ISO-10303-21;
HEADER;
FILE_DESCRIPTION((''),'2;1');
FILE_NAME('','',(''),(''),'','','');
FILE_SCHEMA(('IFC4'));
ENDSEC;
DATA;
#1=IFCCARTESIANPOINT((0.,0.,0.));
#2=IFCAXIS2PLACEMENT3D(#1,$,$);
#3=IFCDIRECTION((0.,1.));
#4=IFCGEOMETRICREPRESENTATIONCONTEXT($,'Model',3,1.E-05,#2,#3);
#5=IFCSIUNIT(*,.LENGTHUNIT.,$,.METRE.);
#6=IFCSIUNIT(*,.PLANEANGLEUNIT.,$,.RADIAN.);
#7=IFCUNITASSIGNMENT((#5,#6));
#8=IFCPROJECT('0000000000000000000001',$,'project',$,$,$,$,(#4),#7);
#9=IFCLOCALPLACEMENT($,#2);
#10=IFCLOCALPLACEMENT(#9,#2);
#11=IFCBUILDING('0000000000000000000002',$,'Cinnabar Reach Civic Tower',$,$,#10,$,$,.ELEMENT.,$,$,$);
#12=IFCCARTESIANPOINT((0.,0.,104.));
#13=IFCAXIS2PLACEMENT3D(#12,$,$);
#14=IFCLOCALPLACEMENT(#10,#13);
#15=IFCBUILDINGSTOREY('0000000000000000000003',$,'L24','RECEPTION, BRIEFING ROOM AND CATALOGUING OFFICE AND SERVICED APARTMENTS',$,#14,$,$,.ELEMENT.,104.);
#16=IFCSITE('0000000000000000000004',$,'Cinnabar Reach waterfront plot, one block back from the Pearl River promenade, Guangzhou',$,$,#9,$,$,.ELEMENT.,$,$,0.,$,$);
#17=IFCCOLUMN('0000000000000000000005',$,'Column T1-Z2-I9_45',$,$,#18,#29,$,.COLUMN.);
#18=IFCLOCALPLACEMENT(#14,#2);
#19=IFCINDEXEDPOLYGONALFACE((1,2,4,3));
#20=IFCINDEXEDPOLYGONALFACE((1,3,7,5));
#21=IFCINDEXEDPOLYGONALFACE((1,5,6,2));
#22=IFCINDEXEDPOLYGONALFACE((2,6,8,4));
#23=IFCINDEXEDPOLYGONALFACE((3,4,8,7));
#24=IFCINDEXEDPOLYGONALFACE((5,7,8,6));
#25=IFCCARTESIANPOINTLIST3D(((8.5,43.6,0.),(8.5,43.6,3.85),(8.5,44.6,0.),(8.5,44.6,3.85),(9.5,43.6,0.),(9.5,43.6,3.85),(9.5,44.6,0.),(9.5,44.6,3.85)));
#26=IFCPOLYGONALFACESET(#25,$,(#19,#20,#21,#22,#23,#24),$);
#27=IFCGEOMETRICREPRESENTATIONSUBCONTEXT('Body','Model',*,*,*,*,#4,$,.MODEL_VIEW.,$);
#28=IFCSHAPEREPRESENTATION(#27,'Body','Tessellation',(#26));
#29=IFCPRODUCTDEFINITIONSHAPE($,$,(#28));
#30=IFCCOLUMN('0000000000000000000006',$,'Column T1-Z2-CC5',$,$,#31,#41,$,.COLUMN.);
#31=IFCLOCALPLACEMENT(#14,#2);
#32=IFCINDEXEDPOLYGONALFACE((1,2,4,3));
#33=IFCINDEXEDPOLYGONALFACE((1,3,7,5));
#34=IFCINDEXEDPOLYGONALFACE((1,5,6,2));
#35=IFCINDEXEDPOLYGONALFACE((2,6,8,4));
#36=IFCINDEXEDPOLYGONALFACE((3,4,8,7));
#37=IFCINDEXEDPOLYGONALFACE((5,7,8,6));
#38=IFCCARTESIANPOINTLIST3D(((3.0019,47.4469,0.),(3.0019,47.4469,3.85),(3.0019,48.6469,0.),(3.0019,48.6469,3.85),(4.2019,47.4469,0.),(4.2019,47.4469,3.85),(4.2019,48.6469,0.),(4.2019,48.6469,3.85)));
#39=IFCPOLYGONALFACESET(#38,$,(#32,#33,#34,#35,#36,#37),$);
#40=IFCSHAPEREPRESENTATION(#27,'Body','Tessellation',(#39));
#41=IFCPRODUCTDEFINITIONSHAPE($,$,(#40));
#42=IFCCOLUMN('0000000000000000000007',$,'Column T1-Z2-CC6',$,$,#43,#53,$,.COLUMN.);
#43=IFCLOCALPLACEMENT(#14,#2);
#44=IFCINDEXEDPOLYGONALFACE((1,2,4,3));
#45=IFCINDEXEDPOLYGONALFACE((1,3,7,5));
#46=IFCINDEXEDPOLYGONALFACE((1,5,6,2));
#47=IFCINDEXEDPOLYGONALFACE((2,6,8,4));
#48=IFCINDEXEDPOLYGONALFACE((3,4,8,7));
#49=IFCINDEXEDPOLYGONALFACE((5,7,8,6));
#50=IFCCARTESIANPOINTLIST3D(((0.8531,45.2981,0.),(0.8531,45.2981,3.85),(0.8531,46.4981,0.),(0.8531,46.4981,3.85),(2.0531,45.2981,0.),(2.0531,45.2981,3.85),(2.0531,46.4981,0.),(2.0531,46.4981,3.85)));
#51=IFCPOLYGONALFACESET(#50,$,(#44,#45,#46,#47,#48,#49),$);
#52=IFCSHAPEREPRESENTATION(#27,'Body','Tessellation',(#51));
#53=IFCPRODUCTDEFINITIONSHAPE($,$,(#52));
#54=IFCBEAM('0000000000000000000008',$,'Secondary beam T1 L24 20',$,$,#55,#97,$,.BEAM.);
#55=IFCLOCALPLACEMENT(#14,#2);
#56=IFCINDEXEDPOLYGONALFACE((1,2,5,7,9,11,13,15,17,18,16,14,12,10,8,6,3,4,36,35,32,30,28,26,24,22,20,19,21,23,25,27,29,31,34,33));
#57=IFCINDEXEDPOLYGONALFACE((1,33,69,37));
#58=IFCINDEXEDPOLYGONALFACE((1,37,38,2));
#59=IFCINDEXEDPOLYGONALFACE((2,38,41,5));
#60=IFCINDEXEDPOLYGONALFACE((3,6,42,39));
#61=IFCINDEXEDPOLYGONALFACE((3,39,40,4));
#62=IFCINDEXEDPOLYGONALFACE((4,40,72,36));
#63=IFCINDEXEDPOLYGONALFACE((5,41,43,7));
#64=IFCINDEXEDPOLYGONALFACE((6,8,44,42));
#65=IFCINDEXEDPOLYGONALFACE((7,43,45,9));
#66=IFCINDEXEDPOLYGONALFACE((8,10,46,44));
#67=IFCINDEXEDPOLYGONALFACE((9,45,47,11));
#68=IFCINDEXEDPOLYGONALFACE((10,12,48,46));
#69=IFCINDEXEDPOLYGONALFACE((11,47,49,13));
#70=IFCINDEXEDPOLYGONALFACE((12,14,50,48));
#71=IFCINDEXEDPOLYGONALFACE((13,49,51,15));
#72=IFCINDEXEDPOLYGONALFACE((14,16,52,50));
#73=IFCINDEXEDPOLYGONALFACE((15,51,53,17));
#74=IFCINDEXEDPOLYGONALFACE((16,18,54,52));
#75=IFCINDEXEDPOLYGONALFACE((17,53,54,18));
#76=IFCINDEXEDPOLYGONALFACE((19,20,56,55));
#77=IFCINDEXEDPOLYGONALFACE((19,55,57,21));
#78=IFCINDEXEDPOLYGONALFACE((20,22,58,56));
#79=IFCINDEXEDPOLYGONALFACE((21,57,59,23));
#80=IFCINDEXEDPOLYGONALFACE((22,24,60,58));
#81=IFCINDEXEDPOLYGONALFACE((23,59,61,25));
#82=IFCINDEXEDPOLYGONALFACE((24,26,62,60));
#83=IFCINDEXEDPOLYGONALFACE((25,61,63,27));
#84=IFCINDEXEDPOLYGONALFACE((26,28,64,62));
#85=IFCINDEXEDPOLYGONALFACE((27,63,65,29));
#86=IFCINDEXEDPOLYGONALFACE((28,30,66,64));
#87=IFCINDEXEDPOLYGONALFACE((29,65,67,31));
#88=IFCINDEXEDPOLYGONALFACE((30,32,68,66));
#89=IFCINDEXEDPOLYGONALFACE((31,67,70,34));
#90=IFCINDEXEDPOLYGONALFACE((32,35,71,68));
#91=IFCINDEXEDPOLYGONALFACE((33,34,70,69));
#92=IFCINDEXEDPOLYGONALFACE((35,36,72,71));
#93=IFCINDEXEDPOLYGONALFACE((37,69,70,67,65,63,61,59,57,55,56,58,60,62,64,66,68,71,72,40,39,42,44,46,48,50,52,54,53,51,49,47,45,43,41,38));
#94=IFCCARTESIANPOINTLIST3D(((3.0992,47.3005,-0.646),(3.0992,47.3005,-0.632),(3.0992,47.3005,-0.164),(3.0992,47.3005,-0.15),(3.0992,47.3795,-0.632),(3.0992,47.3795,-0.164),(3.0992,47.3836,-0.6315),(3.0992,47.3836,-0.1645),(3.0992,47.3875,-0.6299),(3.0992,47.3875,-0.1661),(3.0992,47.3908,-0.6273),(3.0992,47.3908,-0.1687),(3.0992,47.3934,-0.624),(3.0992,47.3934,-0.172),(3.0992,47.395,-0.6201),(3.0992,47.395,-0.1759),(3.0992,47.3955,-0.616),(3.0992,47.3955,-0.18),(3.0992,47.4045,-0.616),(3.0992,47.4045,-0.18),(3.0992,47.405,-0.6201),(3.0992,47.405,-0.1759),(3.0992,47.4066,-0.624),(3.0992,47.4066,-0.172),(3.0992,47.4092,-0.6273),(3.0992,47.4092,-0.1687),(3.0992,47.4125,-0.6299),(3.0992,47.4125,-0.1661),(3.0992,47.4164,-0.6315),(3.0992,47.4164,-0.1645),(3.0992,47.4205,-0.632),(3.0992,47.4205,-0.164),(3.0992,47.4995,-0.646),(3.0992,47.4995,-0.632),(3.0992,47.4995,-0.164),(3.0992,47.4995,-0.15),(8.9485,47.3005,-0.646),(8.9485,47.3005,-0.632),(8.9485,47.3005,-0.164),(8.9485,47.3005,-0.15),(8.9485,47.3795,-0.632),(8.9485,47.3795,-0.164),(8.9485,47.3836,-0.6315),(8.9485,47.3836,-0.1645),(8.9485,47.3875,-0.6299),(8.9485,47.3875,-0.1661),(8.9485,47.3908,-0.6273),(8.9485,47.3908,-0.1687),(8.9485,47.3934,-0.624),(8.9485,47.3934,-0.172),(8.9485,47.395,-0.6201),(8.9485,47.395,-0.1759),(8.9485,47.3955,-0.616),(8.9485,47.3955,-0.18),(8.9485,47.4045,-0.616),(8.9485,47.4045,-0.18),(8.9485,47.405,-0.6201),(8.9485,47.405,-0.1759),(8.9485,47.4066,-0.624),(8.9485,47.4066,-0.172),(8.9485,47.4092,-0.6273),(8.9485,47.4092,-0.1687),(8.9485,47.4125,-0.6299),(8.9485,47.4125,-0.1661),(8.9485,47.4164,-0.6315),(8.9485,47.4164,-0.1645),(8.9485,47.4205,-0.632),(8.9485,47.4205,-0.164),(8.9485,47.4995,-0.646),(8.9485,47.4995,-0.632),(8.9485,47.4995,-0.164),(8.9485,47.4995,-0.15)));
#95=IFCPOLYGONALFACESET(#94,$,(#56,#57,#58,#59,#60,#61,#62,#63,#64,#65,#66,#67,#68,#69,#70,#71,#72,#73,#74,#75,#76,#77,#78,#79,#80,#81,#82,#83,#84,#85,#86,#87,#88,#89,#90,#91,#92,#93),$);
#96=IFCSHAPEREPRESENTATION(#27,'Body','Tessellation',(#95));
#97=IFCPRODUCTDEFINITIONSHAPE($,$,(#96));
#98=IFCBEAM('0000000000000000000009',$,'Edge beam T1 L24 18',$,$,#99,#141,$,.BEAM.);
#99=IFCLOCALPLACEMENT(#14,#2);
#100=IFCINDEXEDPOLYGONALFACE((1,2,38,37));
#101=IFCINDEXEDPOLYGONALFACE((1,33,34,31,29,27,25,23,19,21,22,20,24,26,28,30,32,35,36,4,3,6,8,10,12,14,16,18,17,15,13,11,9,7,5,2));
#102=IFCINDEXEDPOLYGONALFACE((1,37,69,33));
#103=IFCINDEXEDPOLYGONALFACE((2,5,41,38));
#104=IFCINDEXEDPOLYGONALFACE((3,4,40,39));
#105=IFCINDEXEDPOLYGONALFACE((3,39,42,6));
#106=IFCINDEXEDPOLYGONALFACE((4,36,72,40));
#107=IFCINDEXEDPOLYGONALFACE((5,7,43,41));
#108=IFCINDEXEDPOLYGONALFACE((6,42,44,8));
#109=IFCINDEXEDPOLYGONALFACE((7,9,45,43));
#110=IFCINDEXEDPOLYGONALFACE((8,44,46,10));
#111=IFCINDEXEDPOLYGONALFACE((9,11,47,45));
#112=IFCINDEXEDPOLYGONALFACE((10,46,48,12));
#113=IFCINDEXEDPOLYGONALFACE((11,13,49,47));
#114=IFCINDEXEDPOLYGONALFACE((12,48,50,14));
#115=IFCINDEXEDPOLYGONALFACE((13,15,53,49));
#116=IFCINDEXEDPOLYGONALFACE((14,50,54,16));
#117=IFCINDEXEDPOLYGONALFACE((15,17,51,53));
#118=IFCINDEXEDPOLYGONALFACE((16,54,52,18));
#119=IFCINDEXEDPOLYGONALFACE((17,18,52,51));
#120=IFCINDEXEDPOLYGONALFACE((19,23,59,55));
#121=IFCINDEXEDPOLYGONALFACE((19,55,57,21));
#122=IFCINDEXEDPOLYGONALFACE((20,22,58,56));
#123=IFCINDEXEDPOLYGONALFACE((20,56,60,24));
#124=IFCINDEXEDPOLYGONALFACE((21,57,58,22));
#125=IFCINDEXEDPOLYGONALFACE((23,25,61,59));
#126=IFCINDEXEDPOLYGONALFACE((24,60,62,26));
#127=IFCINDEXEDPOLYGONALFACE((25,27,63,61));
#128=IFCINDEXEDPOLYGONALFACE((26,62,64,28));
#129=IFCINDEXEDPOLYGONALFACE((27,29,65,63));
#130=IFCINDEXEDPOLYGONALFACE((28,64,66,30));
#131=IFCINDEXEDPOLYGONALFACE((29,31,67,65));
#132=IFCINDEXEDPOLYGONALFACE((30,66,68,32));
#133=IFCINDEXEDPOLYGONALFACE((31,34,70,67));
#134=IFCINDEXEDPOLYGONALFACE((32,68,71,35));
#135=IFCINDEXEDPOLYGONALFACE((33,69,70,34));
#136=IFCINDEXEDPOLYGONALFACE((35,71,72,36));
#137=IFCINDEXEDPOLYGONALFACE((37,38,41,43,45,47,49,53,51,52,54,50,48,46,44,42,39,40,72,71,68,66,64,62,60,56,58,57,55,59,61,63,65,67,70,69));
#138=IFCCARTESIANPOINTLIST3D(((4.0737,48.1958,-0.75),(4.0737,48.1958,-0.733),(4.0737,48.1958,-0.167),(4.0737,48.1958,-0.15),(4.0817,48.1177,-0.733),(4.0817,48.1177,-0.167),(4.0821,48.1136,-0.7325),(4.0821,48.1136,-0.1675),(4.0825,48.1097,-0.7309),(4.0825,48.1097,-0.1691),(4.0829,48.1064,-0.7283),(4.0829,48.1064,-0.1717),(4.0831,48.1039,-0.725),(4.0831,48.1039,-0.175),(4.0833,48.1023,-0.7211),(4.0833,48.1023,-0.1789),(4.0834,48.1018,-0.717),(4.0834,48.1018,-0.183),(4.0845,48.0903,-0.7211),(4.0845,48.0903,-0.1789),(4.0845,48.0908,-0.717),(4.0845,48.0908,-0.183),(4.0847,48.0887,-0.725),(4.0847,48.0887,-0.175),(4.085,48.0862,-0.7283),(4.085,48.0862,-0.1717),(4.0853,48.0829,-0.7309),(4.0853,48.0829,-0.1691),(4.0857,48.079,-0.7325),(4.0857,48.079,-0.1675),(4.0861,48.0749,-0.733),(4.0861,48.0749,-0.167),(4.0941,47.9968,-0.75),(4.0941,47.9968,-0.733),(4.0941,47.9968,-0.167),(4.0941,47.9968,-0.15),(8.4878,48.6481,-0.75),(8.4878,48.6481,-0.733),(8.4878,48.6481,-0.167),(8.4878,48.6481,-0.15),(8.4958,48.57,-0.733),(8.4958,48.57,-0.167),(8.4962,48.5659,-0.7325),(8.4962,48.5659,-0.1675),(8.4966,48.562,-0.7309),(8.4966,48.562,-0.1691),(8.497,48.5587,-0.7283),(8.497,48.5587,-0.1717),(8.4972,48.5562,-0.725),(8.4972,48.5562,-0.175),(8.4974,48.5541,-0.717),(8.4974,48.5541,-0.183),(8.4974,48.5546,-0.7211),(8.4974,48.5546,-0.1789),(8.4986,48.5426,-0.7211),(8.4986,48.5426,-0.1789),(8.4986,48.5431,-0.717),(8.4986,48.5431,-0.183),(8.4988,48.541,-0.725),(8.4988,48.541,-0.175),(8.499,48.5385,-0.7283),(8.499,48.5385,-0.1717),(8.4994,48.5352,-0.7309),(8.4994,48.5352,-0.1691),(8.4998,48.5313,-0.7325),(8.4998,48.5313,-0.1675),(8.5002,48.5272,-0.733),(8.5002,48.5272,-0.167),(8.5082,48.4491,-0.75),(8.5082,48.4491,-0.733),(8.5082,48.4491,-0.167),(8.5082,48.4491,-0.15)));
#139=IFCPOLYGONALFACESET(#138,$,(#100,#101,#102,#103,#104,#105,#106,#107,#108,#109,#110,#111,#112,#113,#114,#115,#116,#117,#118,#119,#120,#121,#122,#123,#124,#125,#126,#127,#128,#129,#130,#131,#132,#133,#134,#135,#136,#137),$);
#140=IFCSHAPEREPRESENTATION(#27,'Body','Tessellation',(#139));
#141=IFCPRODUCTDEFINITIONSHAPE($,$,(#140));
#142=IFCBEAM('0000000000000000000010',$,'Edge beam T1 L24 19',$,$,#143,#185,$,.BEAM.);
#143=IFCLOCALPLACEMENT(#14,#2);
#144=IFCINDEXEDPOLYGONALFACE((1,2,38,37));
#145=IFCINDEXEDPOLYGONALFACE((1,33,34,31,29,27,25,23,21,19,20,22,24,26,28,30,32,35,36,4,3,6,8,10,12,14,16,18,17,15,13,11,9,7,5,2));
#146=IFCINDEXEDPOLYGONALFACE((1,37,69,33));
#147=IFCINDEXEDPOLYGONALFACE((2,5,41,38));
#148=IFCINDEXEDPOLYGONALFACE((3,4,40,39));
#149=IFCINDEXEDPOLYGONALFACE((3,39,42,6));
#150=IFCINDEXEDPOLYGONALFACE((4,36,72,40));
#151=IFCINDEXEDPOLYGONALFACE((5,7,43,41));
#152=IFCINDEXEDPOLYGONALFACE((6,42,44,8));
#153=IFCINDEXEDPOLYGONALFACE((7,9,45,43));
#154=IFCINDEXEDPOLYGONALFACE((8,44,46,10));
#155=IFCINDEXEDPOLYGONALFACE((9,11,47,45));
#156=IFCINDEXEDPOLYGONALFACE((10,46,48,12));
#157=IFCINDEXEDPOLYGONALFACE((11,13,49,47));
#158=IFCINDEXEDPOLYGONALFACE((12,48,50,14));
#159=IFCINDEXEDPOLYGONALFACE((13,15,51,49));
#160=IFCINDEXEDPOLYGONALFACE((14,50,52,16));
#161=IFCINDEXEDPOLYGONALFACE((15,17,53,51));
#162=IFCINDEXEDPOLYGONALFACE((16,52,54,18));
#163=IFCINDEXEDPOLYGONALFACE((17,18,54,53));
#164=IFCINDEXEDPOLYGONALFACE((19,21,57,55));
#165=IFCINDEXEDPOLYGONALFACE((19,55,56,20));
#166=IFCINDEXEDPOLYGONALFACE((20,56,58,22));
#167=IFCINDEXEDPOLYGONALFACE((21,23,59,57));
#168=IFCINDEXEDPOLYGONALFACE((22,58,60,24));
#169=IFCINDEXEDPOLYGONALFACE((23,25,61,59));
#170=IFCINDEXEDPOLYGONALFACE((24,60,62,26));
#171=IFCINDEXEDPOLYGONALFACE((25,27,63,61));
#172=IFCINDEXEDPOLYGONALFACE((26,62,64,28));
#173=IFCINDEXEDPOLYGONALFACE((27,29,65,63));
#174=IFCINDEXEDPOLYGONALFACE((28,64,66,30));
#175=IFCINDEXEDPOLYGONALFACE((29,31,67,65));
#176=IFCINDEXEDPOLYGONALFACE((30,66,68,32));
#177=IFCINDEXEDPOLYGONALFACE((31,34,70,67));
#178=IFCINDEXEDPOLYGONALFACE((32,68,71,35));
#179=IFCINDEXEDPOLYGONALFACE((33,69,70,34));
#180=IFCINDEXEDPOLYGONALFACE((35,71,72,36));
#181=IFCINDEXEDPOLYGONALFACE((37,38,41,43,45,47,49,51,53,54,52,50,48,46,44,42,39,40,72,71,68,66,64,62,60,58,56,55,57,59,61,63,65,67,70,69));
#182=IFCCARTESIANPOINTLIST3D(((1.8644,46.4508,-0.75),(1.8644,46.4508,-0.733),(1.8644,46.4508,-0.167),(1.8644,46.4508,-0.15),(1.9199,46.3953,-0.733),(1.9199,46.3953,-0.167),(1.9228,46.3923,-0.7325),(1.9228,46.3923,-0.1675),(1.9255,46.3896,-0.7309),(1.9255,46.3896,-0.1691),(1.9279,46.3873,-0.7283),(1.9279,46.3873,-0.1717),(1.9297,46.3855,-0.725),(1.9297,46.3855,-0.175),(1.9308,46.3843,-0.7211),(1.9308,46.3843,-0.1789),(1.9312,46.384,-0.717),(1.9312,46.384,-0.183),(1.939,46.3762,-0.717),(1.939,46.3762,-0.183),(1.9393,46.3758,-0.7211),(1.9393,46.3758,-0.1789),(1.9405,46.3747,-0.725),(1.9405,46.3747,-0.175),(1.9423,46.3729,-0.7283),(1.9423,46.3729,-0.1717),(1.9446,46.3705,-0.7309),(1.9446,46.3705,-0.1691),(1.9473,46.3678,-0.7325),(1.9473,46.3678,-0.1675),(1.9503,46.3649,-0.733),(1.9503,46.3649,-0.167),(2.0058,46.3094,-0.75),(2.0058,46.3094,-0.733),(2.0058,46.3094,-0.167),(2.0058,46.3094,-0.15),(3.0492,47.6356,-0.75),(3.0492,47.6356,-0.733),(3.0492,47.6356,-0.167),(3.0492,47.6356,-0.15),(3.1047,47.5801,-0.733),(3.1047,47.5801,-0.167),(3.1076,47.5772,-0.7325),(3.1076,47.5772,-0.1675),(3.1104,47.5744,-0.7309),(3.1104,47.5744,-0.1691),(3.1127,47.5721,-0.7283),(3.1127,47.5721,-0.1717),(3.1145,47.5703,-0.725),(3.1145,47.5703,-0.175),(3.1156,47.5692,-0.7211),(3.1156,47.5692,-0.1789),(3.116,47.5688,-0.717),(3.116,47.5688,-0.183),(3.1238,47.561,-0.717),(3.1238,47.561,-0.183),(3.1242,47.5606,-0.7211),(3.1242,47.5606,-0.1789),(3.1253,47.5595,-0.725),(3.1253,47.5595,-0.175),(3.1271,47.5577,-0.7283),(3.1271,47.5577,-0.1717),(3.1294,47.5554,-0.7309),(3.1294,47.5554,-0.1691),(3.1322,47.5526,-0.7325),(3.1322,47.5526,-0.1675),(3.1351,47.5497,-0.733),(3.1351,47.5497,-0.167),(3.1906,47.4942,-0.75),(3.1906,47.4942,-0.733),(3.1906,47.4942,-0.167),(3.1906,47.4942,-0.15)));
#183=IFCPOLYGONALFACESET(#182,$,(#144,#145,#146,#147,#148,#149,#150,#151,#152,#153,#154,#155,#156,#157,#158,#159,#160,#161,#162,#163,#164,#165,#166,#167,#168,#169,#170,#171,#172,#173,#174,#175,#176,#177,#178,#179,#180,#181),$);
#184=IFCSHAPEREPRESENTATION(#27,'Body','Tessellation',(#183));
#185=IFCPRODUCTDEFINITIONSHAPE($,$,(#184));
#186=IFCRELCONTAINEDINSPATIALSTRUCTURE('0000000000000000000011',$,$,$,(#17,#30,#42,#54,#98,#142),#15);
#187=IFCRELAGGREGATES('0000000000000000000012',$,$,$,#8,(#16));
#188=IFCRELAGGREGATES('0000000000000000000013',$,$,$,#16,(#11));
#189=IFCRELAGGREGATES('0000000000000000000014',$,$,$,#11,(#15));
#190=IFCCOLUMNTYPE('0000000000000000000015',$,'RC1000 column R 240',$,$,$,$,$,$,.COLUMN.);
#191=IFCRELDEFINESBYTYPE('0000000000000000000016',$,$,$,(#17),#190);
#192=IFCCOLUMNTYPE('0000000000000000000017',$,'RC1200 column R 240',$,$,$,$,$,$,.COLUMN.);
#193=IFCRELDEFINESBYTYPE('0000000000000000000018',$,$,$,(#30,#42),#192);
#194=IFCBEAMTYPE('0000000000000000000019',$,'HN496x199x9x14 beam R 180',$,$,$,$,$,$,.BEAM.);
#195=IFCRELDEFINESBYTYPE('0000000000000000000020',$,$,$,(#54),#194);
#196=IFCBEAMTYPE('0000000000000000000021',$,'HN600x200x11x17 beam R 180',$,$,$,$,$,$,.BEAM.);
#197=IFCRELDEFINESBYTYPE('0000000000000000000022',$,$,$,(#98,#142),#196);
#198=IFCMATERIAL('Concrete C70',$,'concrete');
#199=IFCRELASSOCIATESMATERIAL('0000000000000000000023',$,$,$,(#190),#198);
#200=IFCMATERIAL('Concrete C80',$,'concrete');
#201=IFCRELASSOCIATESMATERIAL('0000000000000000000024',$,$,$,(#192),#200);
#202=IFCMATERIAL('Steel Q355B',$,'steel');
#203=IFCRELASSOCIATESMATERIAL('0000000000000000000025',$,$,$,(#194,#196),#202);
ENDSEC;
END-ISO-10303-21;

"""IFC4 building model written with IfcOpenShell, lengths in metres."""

from ifc_helpers import new_model, si_unit, direction, frame, origin, origin_2d, place, context, subcontext, project, spatial, rectangle, i_section, extrude, material, material_profile, profile_set, type_object, element, save


model = new_model("IFC4")

# Units and contexts
model_context = context("Model", 3, precision=1e-05, world=origin(), true_north=direction((0.0, 1.0)))
body_context = subcontext(model_context, "Body", "Model", "MODEL_VIEW")
ifc_project = project(units=[si_unit("LENGTHUNIT", "METRE"), si_unit("PLANEANGLEUNIT", "RADIAN")], contexts=[model_context])

# Site, building, storey
site_placement = place(None, origin())
site = spatial("IfcSite", under=ifc_project, at=site_placement, Name="Cinnabar Reach waterfront plot, one block back from the Pearl River promenade, Guangzhou", CompositionType="ELEMENT", RefElevation=0.0)
building_placement = place(site_placement, origin())
building = spatial("IfcBuilding", under=site, at=building_placement, Name="Cinnabar Reach Civic Tower", CompositionType="ELEMENT")
storey_placement = place(building_placement, frame((0.0, 0.0, 104.0)))
storey = spatial("IfcBuildingStorey", under=building, at=storey_placement, Name="L24", Description="RECEPTION, BRIEFING ROOM AND CATALOGUING OFFICE AND SERVICED APARTMENTS", CompositionType="ELEMENT", Elevation=104.0)

# Columns
ifc_material_1 = material(Name="Concrete C70", Category="concrete")
ifc_material_profile_1 = material_profile(ifc_material_1, rectangle(XDim=1.0, YDim=1.0, at=origin_2d()), Name="RC1000")
ifc_profile_set_1 = profile_set([ifc_material_profile_1], Name="Concrete C70")
column_type_1 = type_object("IfcColumnType", Name="RC1000 column R 240", PredefinedType="COLUMN", material=ifc_profile_set_1)
column_placement = place(storey_placement, frame((9.0, 44.1, 0.0), z_axis=(0.0, 0.0, 1.0), x_axis=(1.0, 0.0, 0.0)))
element("IfcColumn", 1, at=column_placement, inside=storey, type_object=column_type_1, Name="Column T1-Z2-I9_45", PredefinedType="COLUMN", context=body_context, shape_type="SweptSolid", body=[
    extrude(rectangle(XDim=1.0, YDim=1.0, at=origin_2d()), origin(), (0.0, 0.0, 1.0), 3.85),
])
ifc_material_2 = material(Name="Concrete C80", Category="concrete")
ifc_material_profile_2 = material_profile(ifc_material_2, rectangle(XDim=1.2, YDim=1.2, at=origin_2d()), Name="RC1200")
ifc_profile_set_2 = profile_set([ifc_material_profile_2], Name="Concrete C80")
column_type_2 = type_object("IfcColumnType", Name="RC1200 column R 240", PredefinedType="COLUMN", material=ifc_profile_set_2)
for number, where, z_axis, x_axis, name in (
    (2, (3.6019, 48.0469, 0.0), (0.0, 0.0, 1.0), (1.0, 0.0, 0.0), "Column T1-Z2-CC5"),
    (3, (1.4531, 45.8981, 0.0), (0.0, 0.0, 1.0), (1.0, 0.0, 0.0), "Column T1-Z2-CC6"),
):
    element("IfcColumn", number, at=place(storey_placement, frame(where, z_axis=z_axis, x_axis=x_axis)), inside=storey, type_object=column_type_2, Name=name, PredefinedType="COLUMN", context=body_context, shape_type="SweptSolid", body=[
        extrude(rectangle(XDim=1.2, YDim=1.2, at=origin_2d()), origin(), (0.0, 0.0, 1.0), 3.85),
    ])

# Beams
ifc_material_3 = material(Name="Steel Q355B", Category="steel")
ifc_material_profile_3 = material_profile(ifc_material_3, i_section(OverallWidth=0.199, OverallDepth=0.496, WebThickness=0.009, FlangeThickness=0.014, FilletRadius=0.016, at=origin_2d()), Name="HN496x199x9x14")
ifc_profile_set_3 = profile_set([ifc_material_profile_3], Name="Steel Q355B")
beam_type_1 = type_object("IfcBeamType", Name="HN496x199x9x14 beam R 180", PredefinedType="BEAM", material=ifc_profile_set_3)
beam_1_placement = place(storey_placement, frame((3.0992, 47.4, -0.398), z_axis=(1.0, 0.0, 0.0), x_axis=(0.0, 1.0, 0.0)))
element("IfcBeam", 4, at=beam_1_placement, inside=storey, type_object=beam_type_1, Name="Secondary beam T1 L24 20", PredefinedType="BEAM", context=body_context, shape_type="SweptSolid", body=[
    extrude(i_section(OverallWidth=0.199, OverallDepth=0.496, WebThickness=0.009, FlangeThickness=0.014, FilletRadius=0.016, at=origin_2d()), origin(), (0.0, 0.0, 1.0), 5.8493),
])
ifc_material_profile_4 = material_profile(ifc_material_3, i_section(OverallWidth=0.2, OverallDepth=0.6, WebThickness=0.011, FlangeThickness=0.017, FilletRadius=0.016, at=origin_2d()), Name="HN600x200x11x17")
ifc_profile_set_4 = profile_set([ifc_material_profile_4], Name="Steel Q355B")
beam_type_2 = type_object("IfcBeamType", Name="HN600x200x11x17 beam R 180", PredefinedType="BEAM", material=ifc_profile_set_4)
beam_2_placement = place(storey_placement, frame((8.498, 48.5486, -0.45), z_axis=(-0.994791, -0.101933, 0.0), x_axis=(0.101933, -0.994791, 0.0)))
element("IfcBeam", 5, at=beam_2_placement, inside=storey, type_object=beam_type_2, Name="Edge beam T1 L24 18", PredefinedType="BEAM", context=body_context, shape_type="SweptSolid", body=[
    extrude(i_section(OverallWidth=0.2, OverallDepth=0.6, WebThickness=0.011, FlangeThickness=0.017, FilletRadius=0.016, at=origin_2d()), origin(), (0.0, 0.0, 1.0), 4.4372),
])
beam_3_placement = place(storey_placement, frame((3.1199, 47.5649, -0.45), z_axis=(-0.707107, -0.707107, 0.0), x_axis=(0.707107, -0.707107, 0.0)))
element("IfcBeam", 6, at=beam_3_placement, inside=storey, type_object=beam_type_2, Name="Edge beam T1 L24 19", PredefinedType="BEAM", context=body_context, shape_type="SweptSolid", body=[
    extrude(i_section(OverallWidth=0.2, OverallDepth=0.6, WebThickness=0.011, FlangeThickness=0.017, FilletRadius=0.016, at=origin_2d()), origin(), (0.0, 0.0, 1.0), 1.6756),
])

save(model, "model.ifc")
